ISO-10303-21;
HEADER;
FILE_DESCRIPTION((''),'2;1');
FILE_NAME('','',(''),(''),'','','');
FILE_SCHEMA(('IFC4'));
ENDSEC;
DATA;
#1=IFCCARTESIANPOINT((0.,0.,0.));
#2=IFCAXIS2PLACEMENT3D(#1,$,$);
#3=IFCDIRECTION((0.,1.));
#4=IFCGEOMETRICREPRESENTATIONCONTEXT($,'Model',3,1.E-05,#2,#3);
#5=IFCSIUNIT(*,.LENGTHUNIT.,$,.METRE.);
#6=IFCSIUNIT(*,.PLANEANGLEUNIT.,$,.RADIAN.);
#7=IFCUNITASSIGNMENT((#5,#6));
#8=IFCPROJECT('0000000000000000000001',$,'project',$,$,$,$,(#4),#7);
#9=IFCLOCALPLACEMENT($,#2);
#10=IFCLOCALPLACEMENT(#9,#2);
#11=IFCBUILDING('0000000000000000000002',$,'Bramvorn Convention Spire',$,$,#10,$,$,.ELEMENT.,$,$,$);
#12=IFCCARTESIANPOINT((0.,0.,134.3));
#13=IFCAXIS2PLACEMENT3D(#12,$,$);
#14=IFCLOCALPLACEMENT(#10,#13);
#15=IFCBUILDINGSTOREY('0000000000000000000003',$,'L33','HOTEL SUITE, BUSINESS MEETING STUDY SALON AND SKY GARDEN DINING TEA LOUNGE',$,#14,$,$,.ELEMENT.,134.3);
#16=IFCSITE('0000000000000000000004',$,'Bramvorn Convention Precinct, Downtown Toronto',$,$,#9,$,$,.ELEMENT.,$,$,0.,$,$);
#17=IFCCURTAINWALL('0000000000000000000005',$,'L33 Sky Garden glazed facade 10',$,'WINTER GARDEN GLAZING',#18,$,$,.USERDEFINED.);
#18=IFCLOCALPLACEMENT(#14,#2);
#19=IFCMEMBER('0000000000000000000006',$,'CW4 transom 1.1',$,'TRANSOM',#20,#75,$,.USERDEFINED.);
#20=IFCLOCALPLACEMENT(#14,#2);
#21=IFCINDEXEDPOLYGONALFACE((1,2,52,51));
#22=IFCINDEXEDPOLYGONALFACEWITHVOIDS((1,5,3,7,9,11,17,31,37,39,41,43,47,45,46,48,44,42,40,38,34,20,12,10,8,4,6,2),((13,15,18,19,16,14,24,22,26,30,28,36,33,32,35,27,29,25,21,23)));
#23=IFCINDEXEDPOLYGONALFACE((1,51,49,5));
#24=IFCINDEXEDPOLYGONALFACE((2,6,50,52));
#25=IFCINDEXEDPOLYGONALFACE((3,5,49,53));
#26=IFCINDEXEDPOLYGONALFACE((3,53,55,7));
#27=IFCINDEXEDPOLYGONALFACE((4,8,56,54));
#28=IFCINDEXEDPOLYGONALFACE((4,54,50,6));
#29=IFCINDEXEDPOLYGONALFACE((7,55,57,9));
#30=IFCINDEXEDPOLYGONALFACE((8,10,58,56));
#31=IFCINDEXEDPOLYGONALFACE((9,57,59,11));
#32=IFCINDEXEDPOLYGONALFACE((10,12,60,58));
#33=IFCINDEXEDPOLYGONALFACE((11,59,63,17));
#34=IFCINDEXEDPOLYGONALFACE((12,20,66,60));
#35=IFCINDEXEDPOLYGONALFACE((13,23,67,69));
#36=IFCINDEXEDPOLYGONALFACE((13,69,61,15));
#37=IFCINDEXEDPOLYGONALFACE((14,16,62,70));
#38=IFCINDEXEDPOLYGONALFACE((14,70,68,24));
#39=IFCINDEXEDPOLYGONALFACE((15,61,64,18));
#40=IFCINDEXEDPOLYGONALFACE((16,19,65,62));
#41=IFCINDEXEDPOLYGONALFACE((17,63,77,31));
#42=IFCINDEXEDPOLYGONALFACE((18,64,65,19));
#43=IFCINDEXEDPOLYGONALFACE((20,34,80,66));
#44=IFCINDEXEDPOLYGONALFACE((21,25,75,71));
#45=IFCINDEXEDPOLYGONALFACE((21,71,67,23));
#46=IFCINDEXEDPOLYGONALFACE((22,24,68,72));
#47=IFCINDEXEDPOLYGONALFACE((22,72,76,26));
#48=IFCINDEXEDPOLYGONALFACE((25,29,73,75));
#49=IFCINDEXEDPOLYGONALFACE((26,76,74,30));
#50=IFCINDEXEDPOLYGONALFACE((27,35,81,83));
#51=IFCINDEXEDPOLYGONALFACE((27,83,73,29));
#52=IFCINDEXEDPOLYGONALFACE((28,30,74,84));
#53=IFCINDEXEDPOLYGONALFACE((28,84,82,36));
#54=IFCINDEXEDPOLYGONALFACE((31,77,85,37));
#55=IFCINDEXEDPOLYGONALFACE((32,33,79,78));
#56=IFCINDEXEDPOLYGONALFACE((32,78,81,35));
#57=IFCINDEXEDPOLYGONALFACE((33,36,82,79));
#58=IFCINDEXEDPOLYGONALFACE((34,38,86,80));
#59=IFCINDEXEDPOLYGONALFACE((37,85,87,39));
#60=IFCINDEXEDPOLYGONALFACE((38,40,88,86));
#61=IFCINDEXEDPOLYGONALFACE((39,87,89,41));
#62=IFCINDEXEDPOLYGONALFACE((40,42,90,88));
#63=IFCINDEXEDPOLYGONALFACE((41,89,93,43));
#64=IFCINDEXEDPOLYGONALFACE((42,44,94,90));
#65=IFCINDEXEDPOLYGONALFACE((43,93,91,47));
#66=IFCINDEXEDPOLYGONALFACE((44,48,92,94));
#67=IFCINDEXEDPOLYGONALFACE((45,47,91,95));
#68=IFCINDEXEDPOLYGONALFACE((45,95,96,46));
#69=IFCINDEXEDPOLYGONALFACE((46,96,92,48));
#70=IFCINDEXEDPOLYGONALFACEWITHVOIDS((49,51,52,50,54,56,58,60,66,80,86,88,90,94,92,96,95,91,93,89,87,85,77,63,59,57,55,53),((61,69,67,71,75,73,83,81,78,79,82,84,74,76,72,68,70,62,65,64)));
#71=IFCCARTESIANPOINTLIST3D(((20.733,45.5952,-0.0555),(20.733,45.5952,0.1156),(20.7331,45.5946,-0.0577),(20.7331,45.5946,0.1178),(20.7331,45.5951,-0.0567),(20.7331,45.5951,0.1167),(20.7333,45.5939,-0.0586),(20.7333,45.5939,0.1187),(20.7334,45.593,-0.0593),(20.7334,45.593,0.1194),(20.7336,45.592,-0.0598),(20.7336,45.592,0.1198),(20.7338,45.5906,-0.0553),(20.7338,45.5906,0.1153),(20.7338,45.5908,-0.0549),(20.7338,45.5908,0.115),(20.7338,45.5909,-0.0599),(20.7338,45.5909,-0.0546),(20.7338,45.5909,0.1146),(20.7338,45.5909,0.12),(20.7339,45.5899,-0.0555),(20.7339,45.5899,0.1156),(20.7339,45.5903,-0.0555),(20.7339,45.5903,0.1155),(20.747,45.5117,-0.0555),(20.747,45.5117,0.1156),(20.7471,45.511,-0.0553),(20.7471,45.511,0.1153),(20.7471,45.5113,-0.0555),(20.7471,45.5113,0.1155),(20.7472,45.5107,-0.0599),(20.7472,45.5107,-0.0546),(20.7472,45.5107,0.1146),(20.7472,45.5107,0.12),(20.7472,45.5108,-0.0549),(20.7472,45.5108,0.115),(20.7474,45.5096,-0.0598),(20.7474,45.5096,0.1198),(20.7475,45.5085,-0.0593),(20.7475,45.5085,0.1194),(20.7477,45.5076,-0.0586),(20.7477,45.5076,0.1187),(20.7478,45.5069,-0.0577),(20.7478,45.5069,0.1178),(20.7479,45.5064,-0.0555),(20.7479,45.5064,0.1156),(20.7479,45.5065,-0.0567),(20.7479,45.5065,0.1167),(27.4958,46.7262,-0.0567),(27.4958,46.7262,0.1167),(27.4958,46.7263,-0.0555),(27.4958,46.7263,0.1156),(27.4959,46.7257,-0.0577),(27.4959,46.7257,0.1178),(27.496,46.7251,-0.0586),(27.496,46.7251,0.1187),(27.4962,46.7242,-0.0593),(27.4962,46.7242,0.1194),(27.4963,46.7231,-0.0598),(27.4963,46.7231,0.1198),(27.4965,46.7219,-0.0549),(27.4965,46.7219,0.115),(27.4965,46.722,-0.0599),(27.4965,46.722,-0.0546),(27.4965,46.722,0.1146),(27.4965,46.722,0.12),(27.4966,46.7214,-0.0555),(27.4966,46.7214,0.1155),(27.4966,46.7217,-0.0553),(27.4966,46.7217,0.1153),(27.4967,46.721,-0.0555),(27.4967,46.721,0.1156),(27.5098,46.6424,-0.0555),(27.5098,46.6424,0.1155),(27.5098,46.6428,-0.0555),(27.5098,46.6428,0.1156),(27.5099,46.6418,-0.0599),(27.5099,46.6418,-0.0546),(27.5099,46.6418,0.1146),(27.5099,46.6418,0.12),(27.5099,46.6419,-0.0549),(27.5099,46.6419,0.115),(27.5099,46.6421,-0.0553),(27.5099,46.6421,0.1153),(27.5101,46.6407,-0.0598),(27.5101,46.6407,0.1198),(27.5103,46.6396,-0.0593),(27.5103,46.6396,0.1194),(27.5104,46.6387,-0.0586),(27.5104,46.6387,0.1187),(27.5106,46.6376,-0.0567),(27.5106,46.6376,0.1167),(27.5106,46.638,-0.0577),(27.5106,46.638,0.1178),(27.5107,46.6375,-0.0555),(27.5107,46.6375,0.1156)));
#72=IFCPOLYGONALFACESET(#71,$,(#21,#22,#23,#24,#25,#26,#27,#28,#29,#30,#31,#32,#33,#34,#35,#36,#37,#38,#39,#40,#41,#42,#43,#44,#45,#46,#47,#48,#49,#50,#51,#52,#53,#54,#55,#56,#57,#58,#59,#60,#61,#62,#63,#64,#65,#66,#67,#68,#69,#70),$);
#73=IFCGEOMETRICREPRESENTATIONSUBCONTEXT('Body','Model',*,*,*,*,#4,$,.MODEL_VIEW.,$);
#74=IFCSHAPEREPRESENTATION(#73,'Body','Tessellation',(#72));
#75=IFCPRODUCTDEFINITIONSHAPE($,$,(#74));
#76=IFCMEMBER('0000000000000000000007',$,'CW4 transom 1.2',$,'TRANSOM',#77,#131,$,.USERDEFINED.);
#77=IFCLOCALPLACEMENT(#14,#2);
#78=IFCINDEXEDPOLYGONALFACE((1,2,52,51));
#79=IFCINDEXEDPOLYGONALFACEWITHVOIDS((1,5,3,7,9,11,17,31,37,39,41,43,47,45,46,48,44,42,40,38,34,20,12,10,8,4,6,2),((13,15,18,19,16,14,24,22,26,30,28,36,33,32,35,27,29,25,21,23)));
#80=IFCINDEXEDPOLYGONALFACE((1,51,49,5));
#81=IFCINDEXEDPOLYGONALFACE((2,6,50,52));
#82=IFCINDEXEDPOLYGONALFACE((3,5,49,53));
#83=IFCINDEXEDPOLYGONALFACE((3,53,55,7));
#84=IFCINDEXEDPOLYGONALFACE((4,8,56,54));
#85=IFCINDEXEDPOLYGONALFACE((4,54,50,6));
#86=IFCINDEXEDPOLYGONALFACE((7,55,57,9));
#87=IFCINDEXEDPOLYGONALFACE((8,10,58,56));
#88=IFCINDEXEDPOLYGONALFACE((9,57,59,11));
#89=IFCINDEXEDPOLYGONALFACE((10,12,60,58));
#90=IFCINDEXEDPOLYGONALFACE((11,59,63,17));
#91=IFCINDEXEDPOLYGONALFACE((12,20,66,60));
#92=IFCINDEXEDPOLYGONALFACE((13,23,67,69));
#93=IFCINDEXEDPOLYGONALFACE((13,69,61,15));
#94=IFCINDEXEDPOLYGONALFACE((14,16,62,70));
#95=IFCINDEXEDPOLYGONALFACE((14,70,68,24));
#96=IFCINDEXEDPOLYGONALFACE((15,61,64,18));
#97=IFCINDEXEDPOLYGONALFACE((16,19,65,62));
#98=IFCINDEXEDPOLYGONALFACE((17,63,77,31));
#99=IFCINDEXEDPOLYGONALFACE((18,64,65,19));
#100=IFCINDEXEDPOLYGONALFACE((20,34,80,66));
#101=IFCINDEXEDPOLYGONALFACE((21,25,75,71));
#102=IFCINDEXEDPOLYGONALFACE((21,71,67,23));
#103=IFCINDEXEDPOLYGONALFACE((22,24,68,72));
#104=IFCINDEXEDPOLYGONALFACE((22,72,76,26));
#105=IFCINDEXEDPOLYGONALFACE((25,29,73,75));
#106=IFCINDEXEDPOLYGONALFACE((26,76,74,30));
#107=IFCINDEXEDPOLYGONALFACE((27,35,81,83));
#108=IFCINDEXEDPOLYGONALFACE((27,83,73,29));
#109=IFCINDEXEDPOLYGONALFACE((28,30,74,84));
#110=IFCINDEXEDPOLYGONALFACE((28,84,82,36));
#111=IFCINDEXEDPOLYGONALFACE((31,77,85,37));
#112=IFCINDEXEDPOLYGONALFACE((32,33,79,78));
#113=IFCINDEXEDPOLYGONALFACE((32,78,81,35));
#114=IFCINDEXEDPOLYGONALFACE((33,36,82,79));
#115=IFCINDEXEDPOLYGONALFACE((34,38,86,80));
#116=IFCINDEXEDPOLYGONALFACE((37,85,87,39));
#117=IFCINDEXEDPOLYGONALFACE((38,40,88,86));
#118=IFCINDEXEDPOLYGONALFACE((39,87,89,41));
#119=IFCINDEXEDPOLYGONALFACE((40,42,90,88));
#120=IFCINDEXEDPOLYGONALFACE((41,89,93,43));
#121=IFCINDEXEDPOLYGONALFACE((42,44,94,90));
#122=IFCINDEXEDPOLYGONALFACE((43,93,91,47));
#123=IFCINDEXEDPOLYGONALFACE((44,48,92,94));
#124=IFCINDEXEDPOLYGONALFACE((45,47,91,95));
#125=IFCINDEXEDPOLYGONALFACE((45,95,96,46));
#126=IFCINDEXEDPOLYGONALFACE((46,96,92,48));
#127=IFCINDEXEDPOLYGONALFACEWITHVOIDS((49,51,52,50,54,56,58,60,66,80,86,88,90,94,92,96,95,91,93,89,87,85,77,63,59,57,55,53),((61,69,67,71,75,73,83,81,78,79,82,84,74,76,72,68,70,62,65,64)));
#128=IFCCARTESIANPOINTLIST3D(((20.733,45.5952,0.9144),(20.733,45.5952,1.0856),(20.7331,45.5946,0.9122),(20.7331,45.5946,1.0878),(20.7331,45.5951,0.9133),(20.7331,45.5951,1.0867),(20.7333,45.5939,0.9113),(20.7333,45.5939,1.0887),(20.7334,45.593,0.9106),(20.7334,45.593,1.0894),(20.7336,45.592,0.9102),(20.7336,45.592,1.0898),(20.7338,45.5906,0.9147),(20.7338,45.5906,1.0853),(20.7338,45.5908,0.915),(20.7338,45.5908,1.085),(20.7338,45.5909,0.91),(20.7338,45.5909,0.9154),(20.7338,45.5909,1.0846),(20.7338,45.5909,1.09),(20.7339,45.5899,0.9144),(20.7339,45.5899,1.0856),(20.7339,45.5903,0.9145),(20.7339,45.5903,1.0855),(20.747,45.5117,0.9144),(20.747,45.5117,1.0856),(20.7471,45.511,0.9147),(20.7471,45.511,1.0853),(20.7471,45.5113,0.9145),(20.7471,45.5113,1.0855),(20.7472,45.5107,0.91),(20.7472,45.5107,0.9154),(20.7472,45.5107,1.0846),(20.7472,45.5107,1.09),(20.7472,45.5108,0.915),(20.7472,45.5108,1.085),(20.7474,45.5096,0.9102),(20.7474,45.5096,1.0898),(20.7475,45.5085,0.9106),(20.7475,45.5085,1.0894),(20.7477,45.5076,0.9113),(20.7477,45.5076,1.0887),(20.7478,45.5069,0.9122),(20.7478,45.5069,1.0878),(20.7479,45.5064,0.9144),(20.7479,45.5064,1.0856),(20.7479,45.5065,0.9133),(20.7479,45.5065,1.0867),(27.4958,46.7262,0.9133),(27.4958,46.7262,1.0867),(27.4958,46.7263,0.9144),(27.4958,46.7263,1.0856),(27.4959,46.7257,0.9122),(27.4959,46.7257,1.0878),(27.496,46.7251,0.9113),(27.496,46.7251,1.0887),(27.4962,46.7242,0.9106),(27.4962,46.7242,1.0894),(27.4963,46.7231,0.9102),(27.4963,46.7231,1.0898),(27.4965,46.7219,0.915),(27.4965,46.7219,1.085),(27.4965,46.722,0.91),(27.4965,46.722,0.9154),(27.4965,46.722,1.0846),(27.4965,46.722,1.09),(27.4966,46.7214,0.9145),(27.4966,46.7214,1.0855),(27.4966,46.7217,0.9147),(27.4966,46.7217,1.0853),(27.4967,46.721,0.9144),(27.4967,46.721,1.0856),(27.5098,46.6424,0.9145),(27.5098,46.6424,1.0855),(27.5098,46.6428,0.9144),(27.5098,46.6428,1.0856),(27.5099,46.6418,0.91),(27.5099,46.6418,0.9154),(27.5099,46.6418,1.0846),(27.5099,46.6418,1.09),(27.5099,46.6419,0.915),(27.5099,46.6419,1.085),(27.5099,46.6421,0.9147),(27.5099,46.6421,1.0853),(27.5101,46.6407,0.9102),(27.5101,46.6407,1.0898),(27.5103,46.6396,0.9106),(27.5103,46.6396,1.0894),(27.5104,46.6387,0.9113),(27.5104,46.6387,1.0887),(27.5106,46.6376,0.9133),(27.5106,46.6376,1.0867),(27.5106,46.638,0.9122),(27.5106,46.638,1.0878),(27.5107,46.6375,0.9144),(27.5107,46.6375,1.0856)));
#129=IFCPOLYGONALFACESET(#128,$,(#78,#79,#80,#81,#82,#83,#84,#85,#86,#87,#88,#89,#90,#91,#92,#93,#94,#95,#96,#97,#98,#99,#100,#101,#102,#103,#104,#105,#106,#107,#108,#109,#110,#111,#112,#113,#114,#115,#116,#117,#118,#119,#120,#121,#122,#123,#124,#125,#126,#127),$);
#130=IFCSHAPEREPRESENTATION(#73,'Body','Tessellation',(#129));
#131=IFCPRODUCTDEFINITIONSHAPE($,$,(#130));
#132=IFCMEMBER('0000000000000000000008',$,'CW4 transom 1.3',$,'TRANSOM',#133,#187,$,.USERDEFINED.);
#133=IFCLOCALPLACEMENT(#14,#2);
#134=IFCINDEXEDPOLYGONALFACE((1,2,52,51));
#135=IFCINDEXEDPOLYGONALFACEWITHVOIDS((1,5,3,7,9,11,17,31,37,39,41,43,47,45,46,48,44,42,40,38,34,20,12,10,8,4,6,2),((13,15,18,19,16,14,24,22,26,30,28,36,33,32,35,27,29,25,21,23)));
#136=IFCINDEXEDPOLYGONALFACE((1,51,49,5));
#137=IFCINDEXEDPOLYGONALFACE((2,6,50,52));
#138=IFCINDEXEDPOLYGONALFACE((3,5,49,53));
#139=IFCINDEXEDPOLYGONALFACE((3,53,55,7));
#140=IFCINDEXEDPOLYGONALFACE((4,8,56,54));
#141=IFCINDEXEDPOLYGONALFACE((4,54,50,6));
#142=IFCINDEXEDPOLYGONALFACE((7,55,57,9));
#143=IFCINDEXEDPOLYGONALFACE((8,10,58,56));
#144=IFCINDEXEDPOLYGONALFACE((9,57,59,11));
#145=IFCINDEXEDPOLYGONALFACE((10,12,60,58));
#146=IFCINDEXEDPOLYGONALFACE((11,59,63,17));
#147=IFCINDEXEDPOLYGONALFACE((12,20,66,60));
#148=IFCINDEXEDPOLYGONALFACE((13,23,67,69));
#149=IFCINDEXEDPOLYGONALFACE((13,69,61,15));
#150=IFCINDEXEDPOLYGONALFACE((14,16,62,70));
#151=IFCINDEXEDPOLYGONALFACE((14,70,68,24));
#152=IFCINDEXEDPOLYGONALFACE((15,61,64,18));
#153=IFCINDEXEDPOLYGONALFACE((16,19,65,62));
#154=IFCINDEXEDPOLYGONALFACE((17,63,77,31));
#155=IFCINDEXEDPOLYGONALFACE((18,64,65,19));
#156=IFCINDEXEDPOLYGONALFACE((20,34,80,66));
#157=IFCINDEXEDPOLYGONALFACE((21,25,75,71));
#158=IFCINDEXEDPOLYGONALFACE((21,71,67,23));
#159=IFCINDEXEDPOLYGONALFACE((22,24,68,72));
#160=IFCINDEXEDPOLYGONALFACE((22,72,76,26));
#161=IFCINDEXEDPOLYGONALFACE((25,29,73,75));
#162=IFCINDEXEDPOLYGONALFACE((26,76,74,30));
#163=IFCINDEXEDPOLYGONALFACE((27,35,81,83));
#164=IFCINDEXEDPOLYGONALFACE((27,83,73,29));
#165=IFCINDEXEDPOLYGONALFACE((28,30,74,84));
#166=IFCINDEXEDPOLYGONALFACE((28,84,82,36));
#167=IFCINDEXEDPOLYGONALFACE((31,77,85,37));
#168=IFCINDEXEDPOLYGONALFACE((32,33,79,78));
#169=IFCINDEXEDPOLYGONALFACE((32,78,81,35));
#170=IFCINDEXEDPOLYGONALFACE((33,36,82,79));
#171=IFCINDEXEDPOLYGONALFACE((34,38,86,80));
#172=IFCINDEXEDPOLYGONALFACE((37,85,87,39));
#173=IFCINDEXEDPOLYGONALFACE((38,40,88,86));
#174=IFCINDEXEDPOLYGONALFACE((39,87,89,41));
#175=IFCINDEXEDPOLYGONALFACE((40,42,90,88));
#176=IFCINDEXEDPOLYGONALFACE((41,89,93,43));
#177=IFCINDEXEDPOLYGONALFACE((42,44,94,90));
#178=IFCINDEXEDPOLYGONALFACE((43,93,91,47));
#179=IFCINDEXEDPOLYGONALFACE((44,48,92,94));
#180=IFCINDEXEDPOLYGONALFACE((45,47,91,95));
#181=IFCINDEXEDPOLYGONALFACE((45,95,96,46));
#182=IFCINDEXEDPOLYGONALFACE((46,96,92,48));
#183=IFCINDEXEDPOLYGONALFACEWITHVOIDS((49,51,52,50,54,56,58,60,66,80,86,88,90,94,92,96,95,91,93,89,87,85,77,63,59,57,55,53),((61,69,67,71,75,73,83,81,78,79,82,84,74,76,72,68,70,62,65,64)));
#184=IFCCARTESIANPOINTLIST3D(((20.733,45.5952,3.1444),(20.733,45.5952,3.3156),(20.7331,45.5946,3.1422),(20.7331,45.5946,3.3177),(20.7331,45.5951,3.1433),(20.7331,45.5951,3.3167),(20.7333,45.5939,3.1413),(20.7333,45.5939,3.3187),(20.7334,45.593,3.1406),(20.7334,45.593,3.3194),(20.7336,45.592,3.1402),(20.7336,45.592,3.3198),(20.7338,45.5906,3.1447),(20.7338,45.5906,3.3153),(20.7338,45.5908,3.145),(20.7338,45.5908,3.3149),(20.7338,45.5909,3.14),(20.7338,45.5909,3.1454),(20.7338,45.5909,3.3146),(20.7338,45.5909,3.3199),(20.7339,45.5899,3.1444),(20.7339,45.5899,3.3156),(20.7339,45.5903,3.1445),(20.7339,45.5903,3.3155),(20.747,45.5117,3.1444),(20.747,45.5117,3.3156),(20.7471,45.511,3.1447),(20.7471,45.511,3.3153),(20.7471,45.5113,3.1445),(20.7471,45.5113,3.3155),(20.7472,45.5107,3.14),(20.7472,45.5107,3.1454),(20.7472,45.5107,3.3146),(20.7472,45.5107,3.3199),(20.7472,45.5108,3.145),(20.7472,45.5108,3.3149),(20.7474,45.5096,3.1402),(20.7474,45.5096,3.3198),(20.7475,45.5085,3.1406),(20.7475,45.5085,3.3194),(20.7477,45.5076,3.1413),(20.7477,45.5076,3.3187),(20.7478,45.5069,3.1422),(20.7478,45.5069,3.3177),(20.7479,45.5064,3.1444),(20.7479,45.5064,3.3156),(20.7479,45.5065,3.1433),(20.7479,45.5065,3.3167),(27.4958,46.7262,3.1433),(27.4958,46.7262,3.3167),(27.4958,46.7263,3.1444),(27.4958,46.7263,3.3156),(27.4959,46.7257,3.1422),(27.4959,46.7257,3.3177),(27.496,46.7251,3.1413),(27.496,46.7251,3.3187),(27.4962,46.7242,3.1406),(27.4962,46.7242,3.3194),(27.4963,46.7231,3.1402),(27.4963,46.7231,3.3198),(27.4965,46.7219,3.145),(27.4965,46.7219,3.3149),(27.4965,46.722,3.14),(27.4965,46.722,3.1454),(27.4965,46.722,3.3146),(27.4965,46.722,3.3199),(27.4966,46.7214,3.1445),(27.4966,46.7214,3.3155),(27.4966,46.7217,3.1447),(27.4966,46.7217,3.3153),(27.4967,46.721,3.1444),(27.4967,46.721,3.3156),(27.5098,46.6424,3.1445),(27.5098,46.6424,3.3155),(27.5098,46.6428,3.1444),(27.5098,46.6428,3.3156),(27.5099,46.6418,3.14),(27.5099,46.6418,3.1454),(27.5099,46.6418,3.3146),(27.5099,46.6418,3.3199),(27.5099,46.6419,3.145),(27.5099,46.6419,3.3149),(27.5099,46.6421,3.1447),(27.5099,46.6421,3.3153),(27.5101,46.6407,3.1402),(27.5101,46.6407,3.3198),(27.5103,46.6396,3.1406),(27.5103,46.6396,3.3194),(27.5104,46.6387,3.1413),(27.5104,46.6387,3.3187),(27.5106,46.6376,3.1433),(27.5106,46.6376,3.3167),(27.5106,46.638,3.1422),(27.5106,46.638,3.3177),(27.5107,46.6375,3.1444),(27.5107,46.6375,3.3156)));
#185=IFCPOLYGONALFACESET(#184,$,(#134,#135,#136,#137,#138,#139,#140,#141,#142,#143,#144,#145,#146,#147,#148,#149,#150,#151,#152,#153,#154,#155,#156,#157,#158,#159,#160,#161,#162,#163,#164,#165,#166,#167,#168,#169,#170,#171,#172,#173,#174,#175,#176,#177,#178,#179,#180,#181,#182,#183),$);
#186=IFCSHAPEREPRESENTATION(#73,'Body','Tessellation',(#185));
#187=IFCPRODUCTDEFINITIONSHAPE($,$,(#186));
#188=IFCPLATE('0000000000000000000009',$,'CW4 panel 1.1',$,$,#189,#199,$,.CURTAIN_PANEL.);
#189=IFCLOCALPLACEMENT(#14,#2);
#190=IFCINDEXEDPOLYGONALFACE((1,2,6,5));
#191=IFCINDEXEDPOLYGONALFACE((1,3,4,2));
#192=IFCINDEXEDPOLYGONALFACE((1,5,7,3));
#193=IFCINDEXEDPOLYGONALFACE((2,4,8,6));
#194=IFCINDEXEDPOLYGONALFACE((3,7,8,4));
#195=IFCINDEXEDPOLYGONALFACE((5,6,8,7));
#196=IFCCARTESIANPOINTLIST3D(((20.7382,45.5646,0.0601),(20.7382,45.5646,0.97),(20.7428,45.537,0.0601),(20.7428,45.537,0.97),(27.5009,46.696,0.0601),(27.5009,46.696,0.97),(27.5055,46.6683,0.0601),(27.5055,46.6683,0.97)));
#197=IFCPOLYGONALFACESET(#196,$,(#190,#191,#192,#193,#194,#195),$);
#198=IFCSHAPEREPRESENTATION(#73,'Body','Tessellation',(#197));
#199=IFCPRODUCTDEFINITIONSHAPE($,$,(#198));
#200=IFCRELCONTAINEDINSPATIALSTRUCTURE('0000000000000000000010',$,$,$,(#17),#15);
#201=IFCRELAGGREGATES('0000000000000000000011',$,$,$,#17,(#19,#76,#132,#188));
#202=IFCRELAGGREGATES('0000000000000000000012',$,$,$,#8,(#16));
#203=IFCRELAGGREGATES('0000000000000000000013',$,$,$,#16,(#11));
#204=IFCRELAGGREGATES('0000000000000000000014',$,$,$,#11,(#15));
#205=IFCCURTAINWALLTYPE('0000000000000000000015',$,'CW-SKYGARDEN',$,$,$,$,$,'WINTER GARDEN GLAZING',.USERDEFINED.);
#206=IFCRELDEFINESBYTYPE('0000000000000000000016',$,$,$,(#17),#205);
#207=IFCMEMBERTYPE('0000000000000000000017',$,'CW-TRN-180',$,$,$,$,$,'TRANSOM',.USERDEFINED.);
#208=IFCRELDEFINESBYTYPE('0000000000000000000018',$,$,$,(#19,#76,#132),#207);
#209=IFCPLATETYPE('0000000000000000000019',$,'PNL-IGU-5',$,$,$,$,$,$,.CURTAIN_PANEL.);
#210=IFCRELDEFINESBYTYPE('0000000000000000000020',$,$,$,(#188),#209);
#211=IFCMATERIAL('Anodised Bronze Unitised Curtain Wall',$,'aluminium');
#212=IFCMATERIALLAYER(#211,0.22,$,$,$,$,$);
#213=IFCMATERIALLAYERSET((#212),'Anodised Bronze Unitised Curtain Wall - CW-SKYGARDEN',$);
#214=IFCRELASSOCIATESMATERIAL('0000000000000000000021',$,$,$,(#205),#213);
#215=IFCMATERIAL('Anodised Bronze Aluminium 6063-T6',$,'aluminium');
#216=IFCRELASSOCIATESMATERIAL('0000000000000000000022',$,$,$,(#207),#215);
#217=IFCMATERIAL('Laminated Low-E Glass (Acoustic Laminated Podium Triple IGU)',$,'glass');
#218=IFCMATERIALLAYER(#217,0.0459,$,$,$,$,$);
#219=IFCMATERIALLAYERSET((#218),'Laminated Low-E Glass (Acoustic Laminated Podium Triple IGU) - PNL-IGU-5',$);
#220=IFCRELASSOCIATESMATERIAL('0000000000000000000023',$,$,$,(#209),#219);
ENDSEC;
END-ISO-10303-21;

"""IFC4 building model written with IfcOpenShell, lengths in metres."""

from ifc_helpers import new_model, si_unit, direction, frame, origin, origin_2d, place, context, subcontext, project, spatial, rectangle, hollow_rectangle, extrude, material, layer, layer_set, material_profile, profile_set, type_object, element, aggregate, save


model = new_model("IFC4")

# Units and contexts
model_context = context("Model", 3, precision=1e-05, world=origin(), true_north=direction((0.0, 1.0)))
body_context = subcontext(model_context, "Body", "Model", "MODEL_VIEW")
ifc_project = project(units=[si_unit("LENGTHUNIT", "METRE"), si_unit("PLANEANGLEUNIT", "RADIAN")], contexts=[model_context])

# Site, building, storey
site_placement = place(None, origin())
site = spatial("IfcSite", under=ifc_project, at=site_placement, Name="Bramvorn Convention Precinct, Downtown Toronto", CompositionType="ELEMENT", RefElevation=0.0)
building_placement = place(site_placement, origin())
building = spatial("IfcBuilding", under=site, at=building_placement, Name="Bramvorn Convention Spire", CompositionType="ELEMENT")
storey_placement = place(building_placement, frame((0.0, 0.0, 134.3)))
storey = spatial("IfcBuildingStorey", under=building, at=storey_placement, Name="L33", Description="HOTEL SUITE, BUSINESS MEETING STUDY SALON AND SKY GARDEN DINING TEA LOUNGE", CompositionType="ELEMENT", Elevation=134.3)

# Curtain wall
ifc_material_1 = material(Name="Anodised Bronze Unitised Curtain Wall", Category="aluminium")
ifc_layer_1 = layer(ifc_material_1, 0.22)
ifc_layer_set_1 = layer_set([ifc_layer_1], Name="Anodised Bronze Unitised Curtain Wall - CW-SKYGARDEN")
curtain_wall_type = type_object("IfcCurtainWallType", Name="CW-SKYGARDEN", ElementType="WINTER GARDEN GLAZING", PredefinedType="USERDEFINED", material=ifc_layer_set_1)
curtain_wall_1_placement = place(storey_placement, origin())
curtain_wall_1 = element("IfcCurtainWall", 1, at=curtain_wall_1_placement, inside=storey, type_object=curtain_wall_type, Name="L33 Sky Garden glazed facade 10", ObjectType="WINTER GARDEN GLAZING", PredefinedType="USERDEFINED")
ifc_material_2 = material(Name="Anodised Bronze Aluminium 6063-T6", Category="aluminium")

# Members
ifc_material_profile_1 = material_profile(ifc_material_2, hollow_rectangle(XDim=0.0901, YDim=0.1799, WallThickness=0.0044, InnerFilletRadius=0.001, OuterFilletRadius=0.0044, at=origin_2d()))
ifc_profile_set_1 = profile_set([ifc_material_profile_1], Name="Anodised Bronze Aluminium 6063-T6 - CWT90X180")
member_type_1 = type_object("IfcMemberType", Name="CW-TRN-180", ElementType="TRANSOM", PredefinedType="USERDEFINED", material=ifc_profile_set_1)
member_1_placement = place(storey_placement, frame((20.7405, 45.5508, 0.03), z_axis=(0.986299, 0.164965, 0.0), x_axis=(-0.164965, 0.986299, 0.0)))
member_1 = element("IfcMember", 2, at=member_1_placement, type_object=member_type_1, Name="CW4 transom 1.1", ObjectType="TRANSOM", PredefinedType="USERDEFINED", context=body_context, shape_type="SweptSolid", body=[
    extrude(hollow_rectangle(XDim=0.0901, YDim=0.1799, WallThickness=0.0044, InnerFilletRadius=0.001, OuterFilletRadius=0.0044, at=origin_2d()), origin(), (0.0, 0.0, 1.0), 6.8567),
])
member_2_placement = place(storey_placement, frame((20.7405, 45.5508, 1.0), z_axis=(0.986299, 0.164965, 0.0), x_axis=(-0.164965, 0.986299, 0.0)))
member_2 = element("IfcMember", 3, at=member_2_placement, type_object=member_type_1, Name="CW4 transom 1.2", ObjectType="TRANSOM", PredefinedType="USERDEFINED", context=body_context, shape_type="SweptSolid", body=[
    extrude(hollow_rectangle(XDim=0.0901, YDim=0.1799, WallThickness=0.0044, InnerFilletRadius=0.001, OuterFilletRadius=0.0044, at=origin_2d()), origin(), (0.0, 0.0, 1.0), 6.8567),
])
member_3_placement = place(storey_placement, frame((20.7405, 45.5508, 3.23), z_axis=(0.986299, 0.164965, 0.0), x_axis=(-0.164965, 0.986299, 0.0)))
member_3 = element("IfcMember", 4, at=member_3_placement, type_object=member_type_1, Name="CW4 transom 1.3", ObjectType="TRANSOM", PredefinedType="USERDEFINED", context=body_context, shape_type="SweptSolid", body=[
    extrude(hollow_rectangle(XDim=0.0901, YDim=0.1799, WallThickness=0.0044, InnerFilletRadius=0.001, OuterFilletRadius=0.0044, at=origin_2d()), origin(), (0.0, 0.0, 1.0), 6.8567),
])

# Plate
ifc_material_3 = material(Name="Laminated Low-E Glass (Acoustic Laminated Podium Triple IGU)", Category="glass")
ifc_layer_2 = layer(ifc_material_3, 0.0459)
ifc_layer_set_2 = layer_set([ifc_layer_2], Name="Laminated Low-E Glass (Acoustic Laminated Podium Triple IGU) - PNL-IGU-5")
plate_type = type_object("IfcPlateType", Name="PNL-IGU-5", PredefinedType="CURTAIN_PANEL", material=ifc_layer_set_2)
plate_1_placement = place(storey_placement, frame((24.1218, 46.1165, 0.0601), z_axis=(0.0, 0.0, 1.0), x_axis=(0.986295, 0.164994, 0.0)))
plate_1 = element("IfcPlate", 5, at=plate_1_placement, type_object=plate_type, Name="CW4 panel 1.1", PredefinedType="CURTAIN_PANEL", context=body_context, shape_type="SweptSolid", body=[
    extrude(rectangle(XDim=6.8567, YDim=0.0281, at=origin_2d()), origin(), (0.0, 0.0, 1.0), 0.9099),
])
aggregate(curtain_wall_1, [member_1, member_2, member_3, plate_1])

save(model, "model.ifc")
